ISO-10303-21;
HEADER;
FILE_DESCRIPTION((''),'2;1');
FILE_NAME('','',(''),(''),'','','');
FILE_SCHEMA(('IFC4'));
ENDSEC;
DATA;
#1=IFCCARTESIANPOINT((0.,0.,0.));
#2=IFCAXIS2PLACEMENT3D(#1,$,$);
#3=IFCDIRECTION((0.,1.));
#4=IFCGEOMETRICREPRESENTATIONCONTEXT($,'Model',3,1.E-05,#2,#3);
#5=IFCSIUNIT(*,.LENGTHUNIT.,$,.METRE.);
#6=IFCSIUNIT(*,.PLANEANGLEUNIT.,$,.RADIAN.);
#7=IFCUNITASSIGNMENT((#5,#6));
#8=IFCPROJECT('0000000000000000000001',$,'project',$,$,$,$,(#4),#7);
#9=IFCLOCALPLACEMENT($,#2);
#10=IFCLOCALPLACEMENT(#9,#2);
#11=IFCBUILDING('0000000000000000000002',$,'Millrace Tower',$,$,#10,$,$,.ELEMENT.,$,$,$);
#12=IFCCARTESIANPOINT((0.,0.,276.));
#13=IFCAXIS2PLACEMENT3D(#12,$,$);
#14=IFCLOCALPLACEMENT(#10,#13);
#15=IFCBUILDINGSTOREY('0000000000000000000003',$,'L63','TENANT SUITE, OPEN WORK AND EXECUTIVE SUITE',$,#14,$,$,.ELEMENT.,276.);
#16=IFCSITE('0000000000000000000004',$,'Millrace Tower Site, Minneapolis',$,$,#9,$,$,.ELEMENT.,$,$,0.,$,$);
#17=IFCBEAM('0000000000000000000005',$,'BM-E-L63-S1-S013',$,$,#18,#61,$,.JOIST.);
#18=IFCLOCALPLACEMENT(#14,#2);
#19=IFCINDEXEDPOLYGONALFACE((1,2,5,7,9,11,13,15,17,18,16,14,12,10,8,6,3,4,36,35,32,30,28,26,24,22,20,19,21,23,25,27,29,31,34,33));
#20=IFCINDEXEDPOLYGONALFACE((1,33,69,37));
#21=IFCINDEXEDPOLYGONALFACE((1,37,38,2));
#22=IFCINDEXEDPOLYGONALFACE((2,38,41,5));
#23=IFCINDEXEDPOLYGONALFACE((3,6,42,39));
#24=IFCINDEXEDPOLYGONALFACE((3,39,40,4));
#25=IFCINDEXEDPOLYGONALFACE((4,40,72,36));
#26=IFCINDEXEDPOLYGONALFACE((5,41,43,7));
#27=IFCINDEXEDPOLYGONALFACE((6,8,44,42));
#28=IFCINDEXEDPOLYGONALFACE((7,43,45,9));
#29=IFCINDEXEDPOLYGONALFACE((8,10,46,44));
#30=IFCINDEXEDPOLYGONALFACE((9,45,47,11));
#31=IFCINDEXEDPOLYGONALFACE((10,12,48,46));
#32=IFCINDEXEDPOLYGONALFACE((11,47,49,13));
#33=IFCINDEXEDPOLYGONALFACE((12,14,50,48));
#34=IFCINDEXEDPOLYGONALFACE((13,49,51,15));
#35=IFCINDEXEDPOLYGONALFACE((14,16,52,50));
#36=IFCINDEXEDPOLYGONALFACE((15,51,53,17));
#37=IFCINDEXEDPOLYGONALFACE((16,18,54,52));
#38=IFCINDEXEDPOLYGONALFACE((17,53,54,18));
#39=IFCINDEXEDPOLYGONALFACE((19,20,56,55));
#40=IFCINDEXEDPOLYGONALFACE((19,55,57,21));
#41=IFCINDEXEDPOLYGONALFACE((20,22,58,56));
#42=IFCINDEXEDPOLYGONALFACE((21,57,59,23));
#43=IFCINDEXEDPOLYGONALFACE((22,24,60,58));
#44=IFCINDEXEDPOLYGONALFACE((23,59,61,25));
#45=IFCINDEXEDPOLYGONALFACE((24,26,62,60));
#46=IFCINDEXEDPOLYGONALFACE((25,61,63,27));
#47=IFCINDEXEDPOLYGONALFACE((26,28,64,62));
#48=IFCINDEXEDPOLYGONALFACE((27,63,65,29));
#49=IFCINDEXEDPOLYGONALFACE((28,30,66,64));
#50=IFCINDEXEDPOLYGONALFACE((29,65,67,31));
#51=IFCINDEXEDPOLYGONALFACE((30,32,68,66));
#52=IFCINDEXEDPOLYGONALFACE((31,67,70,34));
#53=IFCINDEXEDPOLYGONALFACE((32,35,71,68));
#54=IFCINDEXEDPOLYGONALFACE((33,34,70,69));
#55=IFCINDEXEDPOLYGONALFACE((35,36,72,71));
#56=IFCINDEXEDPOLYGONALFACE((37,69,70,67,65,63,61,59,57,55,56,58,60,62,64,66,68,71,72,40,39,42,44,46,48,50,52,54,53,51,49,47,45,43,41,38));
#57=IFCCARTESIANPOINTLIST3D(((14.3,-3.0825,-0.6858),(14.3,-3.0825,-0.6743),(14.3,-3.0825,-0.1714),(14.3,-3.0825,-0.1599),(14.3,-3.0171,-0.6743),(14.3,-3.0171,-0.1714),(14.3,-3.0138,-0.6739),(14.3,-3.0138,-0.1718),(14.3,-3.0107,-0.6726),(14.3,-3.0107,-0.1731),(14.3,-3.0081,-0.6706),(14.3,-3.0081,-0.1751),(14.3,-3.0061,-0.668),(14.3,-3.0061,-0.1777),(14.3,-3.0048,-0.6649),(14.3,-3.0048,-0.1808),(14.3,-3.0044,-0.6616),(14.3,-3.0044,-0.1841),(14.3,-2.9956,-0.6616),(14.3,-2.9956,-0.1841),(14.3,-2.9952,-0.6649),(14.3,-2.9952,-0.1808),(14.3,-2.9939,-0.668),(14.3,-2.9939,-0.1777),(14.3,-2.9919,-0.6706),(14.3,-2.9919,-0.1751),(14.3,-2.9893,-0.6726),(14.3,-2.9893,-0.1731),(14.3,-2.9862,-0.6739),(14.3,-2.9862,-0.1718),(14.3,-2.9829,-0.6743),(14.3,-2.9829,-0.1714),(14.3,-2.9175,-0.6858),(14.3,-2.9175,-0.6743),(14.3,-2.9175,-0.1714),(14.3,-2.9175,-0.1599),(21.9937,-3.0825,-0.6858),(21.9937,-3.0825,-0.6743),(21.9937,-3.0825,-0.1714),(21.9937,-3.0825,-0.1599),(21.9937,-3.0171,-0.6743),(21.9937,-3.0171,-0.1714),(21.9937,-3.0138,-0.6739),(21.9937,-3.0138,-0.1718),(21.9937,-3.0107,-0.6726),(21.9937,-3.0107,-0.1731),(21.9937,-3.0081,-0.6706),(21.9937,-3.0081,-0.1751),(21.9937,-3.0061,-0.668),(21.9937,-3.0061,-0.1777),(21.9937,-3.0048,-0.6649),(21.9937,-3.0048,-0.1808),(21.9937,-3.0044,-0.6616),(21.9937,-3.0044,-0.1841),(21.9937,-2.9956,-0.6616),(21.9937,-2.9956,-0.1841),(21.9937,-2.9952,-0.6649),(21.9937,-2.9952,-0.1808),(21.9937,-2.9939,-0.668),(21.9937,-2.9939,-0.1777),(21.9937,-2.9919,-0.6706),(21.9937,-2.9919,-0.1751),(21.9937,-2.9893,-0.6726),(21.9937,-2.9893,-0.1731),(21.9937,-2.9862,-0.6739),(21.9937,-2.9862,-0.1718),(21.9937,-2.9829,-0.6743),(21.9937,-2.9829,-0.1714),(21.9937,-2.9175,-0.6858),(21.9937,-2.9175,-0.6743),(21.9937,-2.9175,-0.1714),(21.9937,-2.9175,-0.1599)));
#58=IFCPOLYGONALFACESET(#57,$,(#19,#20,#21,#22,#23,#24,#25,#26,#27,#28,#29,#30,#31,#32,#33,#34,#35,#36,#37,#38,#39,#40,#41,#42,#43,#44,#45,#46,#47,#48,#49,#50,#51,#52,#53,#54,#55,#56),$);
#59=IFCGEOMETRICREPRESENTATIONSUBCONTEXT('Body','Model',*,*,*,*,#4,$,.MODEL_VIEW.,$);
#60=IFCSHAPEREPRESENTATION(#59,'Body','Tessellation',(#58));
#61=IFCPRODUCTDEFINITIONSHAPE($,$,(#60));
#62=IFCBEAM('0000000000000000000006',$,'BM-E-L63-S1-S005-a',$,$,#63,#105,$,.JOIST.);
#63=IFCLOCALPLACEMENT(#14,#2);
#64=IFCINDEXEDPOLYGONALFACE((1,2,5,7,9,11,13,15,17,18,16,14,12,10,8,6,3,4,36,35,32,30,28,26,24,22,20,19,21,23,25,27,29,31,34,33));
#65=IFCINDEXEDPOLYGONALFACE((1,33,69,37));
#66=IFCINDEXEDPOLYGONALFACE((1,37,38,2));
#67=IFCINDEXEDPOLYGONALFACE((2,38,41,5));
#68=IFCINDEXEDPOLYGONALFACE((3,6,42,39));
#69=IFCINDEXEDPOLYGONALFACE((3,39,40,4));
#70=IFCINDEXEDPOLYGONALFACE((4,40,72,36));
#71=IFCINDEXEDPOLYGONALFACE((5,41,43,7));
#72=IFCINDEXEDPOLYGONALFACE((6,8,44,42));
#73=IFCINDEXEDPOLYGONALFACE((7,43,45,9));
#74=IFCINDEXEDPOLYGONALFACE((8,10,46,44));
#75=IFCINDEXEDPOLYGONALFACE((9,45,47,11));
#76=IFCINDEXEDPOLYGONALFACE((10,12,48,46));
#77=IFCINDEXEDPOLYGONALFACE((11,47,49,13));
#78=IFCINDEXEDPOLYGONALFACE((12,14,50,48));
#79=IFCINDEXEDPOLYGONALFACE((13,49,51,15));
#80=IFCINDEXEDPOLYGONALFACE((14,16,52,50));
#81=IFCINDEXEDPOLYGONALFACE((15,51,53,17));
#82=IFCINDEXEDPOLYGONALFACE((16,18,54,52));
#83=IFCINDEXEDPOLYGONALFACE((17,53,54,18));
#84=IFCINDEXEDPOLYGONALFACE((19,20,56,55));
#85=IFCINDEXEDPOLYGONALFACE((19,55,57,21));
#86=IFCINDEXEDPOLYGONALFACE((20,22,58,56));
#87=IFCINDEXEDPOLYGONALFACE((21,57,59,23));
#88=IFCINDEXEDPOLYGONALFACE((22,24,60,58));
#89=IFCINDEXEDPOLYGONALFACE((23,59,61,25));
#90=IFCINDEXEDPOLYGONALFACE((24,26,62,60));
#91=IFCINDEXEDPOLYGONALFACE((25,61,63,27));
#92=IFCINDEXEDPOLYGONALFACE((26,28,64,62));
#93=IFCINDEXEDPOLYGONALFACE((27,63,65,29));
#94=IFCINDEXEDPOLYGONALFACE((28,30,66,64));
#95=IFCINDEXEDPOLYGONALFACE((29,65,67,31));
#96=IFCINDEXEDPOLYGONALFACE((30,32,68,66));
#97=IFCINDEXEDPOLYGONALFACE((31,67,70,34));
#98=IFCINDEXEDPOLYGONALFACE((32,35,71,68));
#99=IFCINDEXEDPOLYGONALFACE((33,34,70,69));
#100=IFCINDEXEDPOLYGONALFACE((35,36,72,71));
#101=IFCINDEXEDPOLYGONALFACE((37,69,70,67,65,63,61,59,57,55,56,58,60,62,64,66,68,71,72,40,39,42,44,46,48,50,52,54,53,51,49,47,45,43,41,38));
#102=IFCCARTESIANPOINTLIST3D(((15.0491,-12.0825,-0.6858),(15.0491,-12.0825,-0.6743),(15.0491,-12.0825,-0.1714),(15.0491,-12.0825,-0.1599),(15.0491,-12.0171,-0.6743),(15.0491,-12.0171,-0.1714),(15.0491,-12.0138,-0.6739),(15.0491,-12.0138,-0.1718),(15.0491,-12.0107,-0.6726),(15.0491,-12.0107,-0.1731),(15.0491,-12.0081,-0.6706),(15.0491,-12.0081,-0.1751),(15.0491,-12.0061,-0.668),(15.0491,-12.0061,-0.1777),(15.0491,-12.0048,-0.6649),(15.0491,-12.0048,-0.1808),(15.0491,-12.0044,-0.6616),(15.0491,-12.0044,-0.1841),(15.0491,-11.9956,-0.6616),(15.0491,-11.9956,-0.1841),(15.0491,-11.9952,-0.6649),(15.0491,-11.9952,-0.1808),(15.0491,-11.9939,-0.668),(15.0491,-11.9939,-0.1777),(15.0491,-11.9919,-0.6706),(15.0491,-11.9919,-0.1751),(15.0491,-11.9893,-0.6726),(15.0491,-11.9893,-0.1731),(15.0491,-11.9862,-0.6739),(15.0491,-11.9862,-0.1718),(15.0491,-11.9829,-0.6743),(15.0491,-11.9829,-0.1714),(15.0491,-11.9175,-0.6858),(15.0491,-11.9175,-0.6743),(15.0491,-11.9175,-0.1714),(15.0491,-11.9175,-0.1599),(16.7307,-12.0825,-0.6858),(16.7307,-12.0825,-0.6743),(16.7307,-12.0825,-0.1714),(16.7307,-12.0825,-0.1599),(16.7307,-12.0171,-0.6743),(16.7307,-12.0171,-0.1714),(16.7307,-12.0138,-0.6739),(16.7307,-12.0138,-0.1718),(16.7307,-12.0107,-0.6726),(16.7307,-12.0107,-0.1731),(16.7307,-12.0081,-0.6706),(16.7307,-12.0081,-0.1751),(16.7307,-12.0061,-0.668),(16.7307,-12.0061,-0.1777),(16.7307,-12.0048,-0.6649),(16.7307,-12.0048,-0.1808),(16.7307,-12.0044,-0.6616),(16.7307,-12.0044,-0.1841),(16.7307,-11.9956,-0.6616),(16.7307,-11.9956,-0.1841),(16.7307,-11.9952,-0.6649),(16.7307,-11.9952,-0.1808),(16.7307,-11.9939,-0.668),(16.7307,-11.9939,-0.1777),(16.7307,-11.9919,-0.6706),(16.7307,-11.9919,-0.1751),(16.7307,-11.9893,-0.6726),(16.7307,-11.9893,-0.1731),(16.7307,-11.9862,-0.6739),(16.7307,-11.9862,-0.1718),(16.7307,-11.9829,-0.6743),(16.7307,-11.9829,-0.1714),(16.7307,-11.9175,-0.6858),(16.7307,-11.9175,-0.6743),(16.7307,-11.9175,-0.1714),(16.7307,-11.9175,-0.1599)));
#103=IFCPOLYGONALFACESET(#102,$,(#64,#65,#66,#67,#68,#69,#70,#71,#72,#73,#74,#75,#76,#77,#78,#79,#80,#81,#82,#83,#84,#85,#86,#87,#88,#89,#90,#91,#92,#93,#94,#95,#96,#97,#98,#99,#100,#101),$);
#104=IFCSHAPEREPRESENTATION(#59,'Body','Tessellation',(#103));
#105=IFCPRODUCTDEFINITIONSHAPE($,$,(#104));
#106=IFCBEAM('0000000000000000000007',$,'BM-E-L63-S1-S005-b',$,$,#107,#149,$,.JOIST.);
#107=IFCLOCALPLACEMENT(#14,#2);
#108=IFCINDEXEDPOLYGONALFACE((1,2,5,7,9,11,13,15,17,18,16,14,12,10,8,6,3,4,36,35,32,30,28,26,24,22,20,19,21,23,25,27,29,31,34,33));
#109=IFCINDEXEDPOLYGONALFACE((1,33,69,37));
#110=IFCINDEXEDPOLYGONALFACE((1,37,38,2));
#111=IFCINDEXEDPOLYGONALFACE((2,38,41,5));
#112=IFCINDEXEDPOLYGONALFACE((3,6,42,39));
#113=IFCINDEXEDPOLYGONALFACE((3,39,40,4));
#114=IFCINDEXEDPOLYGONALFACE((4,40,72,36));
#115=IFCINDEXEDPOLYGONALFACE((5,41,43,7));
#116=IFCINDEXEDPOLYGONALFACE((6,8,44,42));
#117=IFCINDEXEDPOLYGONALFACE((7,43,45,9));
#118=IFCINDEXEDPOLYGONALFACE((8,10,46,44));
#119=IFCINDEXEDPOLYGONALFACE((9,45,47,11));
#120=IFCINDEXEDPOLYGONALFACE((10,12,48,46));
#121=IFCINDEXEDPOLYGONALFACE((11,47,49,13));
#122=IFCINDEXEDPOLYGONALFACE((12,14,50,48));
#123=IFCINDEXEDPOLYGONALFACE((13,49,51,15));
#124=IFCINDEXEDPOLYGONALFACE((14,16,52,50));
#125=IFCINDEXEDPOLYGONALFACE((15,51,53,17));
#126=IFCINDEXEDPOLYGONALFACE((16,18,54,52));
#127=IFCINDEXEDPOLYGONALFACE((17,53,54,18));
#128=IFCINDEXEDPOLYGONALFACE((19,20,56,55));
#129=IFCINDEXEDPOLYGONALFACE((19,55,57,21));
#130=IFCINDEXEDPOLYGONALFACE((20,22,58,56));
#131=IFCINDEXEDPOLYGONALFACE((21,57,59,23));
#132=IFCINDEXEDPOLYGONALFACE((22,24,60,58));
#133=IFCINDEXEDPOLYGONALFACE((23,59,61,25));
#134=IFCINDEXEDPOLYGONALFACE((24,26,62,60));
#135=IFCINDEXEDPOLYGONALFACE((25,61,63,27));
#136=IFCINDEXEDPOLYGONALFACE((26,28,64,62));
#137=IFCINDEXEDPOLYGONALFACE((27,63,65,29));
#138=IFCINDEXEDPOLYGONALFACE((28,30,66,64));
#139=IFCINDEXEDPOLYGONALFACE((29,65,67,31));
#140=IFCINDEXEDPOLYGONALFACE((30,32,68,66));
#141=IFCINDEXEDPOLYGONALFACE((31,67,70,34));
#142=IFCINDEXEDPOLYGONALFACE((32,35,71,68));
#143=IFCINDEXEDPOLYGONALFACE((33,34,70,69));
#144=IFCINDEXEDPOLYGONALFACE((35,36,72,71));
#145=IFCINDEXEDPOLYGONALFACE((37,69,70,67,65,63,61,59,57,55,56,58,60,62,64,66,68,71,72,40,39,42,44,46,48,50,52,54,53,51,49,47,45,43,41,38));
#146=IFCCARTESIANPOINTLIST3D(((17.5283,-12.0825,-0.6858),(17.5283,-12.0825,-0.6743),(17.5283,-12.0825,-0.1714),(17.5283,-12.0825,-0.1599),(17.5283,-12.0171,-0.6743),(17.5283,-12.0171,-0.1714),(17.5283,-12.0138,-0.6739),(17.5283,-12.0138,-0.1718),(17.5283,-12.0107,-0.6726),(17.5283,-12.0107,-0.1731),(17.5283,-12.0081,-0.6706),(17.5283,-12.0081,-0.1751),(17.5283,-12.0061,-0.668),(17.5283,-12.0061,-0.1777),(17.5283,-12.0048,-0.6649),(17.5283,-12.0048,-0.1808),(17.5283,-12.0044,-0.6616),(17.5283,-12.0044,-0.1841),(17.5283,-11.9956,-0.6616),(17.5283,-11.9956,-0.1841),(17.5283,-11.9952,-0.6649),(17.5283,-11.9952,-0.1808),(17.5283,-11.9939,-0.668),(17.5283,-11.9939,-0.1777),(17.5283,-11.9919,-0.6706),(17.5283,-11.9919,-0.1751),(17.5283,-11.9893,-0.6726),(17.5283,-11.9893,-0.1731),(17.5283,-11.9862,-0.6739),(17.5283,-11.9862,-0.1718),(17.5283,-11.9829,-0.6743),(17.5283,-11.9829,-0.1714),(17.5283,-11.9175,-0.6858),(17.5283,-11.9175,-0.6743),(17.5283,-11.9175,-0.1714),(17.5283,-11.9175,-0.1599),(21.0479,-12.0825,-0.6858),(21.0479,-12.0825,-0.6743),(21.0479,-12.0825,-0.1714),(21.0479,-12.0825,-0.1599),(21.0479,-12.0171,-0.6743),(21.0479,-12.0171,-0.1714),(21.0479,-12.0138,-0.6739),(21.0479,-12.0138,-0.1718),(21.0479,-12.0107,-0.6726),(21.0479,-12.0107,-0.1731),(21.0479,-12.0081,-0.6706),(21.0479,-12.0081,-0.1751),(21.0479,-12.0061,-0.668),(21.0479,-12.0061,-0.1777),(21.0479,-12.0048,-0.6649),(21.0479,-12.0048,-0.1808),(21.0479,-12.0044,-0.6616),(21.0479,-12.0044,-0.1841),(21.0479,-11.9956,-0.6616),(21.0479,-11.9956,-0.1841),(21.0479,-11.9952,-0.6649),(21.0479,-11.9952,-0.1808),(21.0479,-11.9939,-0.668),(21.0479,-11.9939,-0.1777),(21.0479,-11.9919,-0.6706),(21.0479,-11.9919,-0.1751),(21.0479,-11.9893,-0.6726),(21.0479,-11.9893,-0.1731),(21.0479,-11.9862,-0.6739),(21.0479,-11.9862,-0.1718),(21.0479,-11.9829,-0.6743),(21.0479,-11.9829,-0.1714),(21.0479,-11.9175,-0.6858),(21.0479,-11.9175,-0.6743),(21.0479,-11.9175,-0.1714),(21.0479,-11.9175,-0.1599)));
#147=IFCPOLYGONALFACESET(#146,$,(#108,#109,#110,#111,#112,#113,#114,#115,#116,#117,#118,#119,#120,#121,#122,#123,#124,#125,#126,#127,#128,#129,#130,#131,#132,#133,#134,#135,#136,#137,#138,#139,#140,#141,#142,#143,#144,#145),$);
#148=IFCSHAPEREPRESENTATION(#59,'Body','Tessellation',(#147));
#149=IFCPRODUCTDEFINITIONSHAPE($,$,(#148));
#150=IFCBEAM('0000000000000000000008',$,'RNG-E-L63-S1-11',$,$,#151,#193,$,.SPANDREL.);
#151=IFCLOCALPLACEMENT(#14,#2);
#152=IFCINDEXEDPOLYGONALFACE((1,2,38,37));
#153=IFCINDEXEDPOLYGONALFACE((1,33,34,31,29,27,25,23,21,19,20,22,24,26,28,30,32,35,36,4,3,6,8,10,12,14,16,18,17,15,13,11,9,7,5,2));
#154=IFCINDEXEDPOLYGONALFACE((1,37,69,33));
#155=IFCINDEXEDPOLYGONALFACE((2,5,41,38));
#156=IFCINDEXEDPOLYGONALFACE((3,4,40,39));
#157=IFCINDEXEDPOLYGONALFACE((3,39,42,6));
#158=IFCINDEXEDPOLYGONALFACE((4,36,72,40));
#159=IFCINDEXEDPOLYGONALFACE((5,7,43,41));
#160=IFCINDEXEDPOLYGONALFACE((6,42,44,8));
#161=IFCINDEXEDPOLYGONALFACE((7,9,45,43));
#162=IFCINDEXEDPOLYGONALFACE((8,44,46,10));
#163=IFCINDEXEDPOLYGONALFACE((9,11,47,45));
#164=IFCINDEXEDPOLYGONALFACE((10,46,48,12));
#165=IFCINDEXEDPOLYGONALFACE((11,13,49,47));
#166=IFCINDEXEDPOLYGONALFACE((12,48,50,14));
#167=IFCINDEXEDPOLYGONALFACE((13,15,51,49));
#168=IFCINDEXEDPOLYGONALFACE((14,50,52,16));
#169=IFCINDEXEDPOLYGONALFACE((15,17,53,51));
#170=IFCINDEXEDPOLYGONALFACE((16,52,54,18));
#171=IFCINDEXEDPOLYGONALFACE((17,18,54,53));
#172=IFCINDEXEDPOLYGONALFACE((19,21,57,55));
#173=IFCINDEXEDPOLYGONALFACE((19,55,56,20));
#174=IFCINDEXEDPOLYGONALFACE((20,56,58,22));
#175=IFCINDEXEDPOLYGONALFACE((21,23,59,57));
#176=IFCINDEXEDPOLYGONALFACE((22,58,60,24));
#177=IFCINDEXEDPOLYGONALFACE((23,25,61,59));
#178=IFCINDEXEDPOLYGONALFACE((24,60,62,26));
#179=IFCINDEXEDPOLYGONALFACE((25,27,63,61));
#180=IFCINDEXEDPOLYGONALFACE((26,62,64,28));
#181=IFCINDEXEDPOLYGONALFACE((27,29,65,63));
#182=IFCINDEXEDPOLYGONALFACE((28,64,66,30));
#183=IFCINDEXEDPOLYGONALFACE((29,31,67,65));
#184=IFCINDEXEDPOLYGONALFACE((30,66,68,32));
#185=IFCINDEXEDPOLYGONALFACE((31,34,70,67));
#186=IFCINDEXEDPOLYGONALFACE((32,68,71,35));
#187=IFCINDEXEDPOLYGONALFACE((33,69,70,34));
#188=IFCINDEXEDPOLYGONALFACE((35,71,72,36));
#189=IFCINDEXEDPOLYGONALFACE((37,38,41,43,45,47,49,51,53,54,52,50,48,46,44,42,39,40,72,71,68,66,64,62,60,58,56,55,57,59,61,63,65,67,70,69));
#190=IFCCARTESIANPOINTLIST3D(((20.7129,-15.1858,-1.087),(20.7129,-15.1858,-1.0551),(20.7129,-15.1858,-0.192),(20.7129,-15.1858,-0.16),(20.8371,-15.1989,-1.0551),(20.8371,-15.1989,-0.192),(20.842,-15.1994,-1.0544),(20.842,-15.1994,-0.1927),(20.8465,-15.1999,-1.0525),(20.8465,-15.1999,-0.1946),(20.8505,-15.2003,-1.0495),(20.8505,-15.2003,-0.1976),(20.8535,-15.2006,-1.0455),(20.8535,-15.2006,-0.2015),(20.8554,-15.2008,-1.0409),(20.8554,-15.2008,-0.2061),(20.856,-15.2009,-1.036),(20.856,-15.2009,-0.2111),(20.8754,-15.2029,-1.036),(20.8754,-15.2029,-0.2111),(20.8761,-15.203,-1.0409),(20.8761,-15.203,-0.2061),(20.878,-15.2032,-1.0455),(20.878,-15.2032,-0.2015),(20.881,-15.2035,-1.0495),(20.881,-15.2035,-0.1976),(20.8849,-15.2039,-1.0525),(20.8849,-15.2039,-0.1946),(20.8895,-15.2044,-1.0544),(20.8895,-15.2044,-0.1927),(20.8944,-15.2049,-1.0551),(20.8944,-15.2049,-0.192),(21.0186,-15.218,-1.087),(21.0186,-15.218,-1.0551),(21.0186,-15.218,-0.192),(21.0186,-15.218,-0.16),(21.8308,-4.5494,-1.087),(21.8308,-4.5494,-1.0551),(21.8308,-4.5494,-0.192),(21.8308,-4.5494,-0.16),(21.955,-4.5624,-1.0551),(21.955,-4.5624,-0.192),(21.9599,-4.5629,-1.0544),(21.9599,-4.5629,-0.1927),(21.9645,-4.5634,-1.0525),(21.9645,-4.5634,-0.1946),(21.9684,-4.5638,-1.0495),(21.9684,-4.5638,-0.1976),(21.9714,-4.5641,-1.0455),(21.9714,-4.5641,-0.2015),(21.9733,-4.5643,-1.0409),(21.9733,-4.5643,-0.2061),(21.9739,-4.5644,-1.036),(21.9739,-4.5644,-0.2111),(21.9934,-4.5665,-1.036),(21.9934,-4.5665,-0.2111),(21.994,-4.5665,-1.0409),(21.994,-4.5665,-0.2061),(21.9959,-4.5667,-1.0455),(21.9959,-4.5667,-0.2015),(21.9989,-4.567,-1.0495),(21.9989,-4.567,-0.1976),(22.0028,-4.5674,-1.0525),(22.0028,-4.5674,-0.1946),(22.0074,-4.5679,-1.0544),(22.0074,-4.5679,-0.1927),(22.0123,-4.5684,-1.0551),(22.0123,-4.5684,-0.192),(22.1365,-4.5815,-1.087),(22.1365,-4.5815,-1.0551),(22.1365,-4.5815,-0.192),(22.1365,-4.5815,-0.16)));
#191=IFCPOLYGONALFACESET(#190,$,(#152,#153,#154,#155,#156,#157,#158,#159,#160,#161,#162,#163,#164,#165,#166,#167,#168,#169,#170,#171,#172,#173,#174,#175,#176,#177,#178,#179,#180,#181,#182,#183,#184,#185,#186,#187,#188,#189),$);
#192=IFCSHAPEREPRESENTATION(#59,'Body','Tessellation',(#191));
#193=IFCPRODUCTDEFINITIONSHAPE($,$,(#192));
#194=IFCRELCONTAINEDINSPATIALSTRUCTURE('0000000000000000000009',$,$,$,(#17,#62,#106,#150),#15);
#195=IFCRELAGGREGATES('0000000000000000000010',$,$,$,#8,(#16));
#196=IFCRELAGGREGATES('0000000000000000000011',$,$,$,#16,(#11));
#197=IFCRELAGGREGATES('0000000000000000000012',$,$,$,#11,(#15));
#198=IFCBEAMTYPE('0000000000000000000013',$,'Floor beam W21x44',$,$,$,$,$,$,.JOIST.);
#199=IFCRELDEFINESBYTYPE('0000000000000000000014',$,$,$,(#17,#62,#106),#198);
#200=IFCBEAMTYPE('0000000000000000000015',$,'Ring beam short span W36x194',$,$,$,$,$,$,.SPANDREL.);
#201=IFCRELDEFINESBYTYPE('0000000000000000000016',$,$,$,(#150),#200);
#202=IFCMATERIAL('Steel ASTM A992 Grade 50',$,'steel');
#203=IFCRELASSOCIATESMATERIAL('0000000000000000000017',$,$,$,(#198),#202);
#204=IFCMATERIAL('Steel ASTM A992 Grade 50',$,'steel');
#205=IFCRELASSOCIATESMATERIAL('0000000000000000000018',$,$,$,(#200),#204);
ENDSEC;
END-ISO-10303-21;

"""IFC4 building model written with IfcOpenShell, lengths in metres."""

from ifc_helpers import new_model, si_unit, direction, frame, origin, origin_2d, place, context, subcontext, project, spatial, i_section, extrude, material, material_profile, profile_set, type_object, element, save


model = new_model("IFC4")

# Units and contexts
model_context = context("Model", 3, precision=1e-05, world=origin(), true_north=direction((0.0, 1.0)))
body_context = subcontext(model_context, "Body", "Model", "MODEL_VIEW")
ifc_project = project(units=[si_unit("LENGTHUNIT", "METRE"), si_unit("PLANEANGLEUNIT", "RADIAN")], contexts=[model_context])

# Site, building, storey
site_placement = place(None, origin())
site = spatial("IfcSite", under=ifc_project, at=site_placement, Name="Millrace Tower Site, Minneapolis", CompositionType="ELEMENT", RefElevation=0.0)
building_placement = place(site_placement, origin())
building = spatial("IfcBuilding", under=site, at=building_placement, Name="Millrace Tower", CompositionType="ELEMENT")
storey_placement = place(building_placement, frame((0.0, 0.0, 276.0)))
storey = spatial("IfcBuildingStorey", under=building, at=storey_placement, Name="L63", Description="TENANT SUITE, OPEN WORK AND EXECUTIVE SUITE", CompositionType="ELEMENT", Elevation=276.0)

# Beams
ifc_material_1 = material(Name="Steel ASTM A992 Grade 50", Category="steel")
ifc_material_profile_1 = material_profile(ifc_material_1, i_section(OverallWidth=0.165, OverallDepth=0.5259, WebThickness=0.0088, FlangeThickness=0.0115, FilletRadius=0.0127, at=origin_2d()))
ifc_profile_set_1 = profile_set([ifc_material_profile_1], Name="Steel ASTM A992 Grade 50")
beam_type_1 = type_object("IfcBeamType", Name="Floor beam W21x44", PredefinedType="JOIST", material=ifc_profile_set_1)
beam_1_placement = place(storey_placement, frame((14.3, -3.0, -0.4229), z_axis=(1.0, 0.0, 0.0), x_axis=(0.0, 1.0, 0.0)))
element("IfcBeam", 1, at=beam_1_placement, inside=storey, type_object=beam_type_1, Name="BM-E-L63-S1-S013", PredefinedType="JOIST", context=body_context, shape_type="SweptSolid", body=[
    extrude(i_section(OverallWidth=0.165, OverallDepth=0.5259, WebThickness=0.0088, FlangeThickness=0.0115, FilletRadius=0.0127, at=origin_2d()), origin(), (0.0, 0.0, 1.0), 7.6936),
])
beam_2_placement = place(storey_placement, frame((15.0491, -12.0, -0.4229), z_axis=(1.0, 0.0, 0.0), x_axis=(0.0, 1.0, 0.0)))
element("IfcBeam", 2, at=beam_2_placement, inside=storey, type_object=beam_type_1, Name="BM-E-L63-S1-S005-a", PredefinedType="JOIST", context=body_context, shape_type="SweptSolid", body=[
    extrude(i_section(OverallWidth=0.165, OverallDepth=0.5259, WebThickness=0.0088, FlangeThickness=0.0115, FilletRadius=0.0127, at=origin_2d()), origin(), (0.0, 0.0, 1.0), 1.6816),
])
beam_3_placement = place(storey_placement, frame((17.5283, -12.0, -0.4229), z_axis=(1.0, 0.0, 0.0), x_axis=(0.0, 1.0, 0.0)))
element("IfcBeam", 3, at=beam_3_placement, inside=storey, type_object=beam_type_1, Name="BM-E-L63-S1-S005-b", PredefinedType="JOIST", context=body_context, shape_type="SweptSolid", body=[
    extrude(i_section(OverallWidth=0.165, OverallDepth=0.5259, WebThickness=0.0088, FlangeThickness=0.0115, FilletRadius=0.0127, at=origin_2d()), origin(), (0.0, 0.0, 1.0), 3.5195),
])
ifc_material_2 = material(Name="Steel ASTM A992 Grade 50", Category="steel")
ifc_material_profile_2 = material_profile(ifc_material_2, i_section(OverallWidth=0.3074, OverallDepth=0.927, WebThickness=0.0195, FlangeThickness=0.032, FilletRadius=0.019, at=origin_2d()))
ifc_profile_set_2 = profile_set([ifc_material_profile_2], Name="Steel ASTM A992 Grade 50")
beam_type_2 = type_object("IfcBeamType", Name="Ring beam short span W36x194", PredefinedType="SPANDREL", material=ifc_profile_set_2)
beam_4_placement = place(storey_placement, frame((21.9836, -4.5654, -0.6235), z_axis=(-0.104527, -0.994522, 0.0), x_axis=(0.994522, -0.104527, 0.0)))
element("IfcBeam", 4, at=beam_4_placement, inside=storey, type_object=beam_type_2, Name="RNG-E-L63-S1-11", PredefinedType="SPANDREL", context=body_context, shape_type="SweptSolid", body=[
    extrude(i_section(OverallWidth=0.3074, OverallDepth=0.927, WebThickness=0.0195, FlangeThickness=0.032, FilletRadius=0.019, at=origin_2d()), origin(), (0.0, 0.0, 1.0), 10.6951),
])

save(model, "model.ifc")
